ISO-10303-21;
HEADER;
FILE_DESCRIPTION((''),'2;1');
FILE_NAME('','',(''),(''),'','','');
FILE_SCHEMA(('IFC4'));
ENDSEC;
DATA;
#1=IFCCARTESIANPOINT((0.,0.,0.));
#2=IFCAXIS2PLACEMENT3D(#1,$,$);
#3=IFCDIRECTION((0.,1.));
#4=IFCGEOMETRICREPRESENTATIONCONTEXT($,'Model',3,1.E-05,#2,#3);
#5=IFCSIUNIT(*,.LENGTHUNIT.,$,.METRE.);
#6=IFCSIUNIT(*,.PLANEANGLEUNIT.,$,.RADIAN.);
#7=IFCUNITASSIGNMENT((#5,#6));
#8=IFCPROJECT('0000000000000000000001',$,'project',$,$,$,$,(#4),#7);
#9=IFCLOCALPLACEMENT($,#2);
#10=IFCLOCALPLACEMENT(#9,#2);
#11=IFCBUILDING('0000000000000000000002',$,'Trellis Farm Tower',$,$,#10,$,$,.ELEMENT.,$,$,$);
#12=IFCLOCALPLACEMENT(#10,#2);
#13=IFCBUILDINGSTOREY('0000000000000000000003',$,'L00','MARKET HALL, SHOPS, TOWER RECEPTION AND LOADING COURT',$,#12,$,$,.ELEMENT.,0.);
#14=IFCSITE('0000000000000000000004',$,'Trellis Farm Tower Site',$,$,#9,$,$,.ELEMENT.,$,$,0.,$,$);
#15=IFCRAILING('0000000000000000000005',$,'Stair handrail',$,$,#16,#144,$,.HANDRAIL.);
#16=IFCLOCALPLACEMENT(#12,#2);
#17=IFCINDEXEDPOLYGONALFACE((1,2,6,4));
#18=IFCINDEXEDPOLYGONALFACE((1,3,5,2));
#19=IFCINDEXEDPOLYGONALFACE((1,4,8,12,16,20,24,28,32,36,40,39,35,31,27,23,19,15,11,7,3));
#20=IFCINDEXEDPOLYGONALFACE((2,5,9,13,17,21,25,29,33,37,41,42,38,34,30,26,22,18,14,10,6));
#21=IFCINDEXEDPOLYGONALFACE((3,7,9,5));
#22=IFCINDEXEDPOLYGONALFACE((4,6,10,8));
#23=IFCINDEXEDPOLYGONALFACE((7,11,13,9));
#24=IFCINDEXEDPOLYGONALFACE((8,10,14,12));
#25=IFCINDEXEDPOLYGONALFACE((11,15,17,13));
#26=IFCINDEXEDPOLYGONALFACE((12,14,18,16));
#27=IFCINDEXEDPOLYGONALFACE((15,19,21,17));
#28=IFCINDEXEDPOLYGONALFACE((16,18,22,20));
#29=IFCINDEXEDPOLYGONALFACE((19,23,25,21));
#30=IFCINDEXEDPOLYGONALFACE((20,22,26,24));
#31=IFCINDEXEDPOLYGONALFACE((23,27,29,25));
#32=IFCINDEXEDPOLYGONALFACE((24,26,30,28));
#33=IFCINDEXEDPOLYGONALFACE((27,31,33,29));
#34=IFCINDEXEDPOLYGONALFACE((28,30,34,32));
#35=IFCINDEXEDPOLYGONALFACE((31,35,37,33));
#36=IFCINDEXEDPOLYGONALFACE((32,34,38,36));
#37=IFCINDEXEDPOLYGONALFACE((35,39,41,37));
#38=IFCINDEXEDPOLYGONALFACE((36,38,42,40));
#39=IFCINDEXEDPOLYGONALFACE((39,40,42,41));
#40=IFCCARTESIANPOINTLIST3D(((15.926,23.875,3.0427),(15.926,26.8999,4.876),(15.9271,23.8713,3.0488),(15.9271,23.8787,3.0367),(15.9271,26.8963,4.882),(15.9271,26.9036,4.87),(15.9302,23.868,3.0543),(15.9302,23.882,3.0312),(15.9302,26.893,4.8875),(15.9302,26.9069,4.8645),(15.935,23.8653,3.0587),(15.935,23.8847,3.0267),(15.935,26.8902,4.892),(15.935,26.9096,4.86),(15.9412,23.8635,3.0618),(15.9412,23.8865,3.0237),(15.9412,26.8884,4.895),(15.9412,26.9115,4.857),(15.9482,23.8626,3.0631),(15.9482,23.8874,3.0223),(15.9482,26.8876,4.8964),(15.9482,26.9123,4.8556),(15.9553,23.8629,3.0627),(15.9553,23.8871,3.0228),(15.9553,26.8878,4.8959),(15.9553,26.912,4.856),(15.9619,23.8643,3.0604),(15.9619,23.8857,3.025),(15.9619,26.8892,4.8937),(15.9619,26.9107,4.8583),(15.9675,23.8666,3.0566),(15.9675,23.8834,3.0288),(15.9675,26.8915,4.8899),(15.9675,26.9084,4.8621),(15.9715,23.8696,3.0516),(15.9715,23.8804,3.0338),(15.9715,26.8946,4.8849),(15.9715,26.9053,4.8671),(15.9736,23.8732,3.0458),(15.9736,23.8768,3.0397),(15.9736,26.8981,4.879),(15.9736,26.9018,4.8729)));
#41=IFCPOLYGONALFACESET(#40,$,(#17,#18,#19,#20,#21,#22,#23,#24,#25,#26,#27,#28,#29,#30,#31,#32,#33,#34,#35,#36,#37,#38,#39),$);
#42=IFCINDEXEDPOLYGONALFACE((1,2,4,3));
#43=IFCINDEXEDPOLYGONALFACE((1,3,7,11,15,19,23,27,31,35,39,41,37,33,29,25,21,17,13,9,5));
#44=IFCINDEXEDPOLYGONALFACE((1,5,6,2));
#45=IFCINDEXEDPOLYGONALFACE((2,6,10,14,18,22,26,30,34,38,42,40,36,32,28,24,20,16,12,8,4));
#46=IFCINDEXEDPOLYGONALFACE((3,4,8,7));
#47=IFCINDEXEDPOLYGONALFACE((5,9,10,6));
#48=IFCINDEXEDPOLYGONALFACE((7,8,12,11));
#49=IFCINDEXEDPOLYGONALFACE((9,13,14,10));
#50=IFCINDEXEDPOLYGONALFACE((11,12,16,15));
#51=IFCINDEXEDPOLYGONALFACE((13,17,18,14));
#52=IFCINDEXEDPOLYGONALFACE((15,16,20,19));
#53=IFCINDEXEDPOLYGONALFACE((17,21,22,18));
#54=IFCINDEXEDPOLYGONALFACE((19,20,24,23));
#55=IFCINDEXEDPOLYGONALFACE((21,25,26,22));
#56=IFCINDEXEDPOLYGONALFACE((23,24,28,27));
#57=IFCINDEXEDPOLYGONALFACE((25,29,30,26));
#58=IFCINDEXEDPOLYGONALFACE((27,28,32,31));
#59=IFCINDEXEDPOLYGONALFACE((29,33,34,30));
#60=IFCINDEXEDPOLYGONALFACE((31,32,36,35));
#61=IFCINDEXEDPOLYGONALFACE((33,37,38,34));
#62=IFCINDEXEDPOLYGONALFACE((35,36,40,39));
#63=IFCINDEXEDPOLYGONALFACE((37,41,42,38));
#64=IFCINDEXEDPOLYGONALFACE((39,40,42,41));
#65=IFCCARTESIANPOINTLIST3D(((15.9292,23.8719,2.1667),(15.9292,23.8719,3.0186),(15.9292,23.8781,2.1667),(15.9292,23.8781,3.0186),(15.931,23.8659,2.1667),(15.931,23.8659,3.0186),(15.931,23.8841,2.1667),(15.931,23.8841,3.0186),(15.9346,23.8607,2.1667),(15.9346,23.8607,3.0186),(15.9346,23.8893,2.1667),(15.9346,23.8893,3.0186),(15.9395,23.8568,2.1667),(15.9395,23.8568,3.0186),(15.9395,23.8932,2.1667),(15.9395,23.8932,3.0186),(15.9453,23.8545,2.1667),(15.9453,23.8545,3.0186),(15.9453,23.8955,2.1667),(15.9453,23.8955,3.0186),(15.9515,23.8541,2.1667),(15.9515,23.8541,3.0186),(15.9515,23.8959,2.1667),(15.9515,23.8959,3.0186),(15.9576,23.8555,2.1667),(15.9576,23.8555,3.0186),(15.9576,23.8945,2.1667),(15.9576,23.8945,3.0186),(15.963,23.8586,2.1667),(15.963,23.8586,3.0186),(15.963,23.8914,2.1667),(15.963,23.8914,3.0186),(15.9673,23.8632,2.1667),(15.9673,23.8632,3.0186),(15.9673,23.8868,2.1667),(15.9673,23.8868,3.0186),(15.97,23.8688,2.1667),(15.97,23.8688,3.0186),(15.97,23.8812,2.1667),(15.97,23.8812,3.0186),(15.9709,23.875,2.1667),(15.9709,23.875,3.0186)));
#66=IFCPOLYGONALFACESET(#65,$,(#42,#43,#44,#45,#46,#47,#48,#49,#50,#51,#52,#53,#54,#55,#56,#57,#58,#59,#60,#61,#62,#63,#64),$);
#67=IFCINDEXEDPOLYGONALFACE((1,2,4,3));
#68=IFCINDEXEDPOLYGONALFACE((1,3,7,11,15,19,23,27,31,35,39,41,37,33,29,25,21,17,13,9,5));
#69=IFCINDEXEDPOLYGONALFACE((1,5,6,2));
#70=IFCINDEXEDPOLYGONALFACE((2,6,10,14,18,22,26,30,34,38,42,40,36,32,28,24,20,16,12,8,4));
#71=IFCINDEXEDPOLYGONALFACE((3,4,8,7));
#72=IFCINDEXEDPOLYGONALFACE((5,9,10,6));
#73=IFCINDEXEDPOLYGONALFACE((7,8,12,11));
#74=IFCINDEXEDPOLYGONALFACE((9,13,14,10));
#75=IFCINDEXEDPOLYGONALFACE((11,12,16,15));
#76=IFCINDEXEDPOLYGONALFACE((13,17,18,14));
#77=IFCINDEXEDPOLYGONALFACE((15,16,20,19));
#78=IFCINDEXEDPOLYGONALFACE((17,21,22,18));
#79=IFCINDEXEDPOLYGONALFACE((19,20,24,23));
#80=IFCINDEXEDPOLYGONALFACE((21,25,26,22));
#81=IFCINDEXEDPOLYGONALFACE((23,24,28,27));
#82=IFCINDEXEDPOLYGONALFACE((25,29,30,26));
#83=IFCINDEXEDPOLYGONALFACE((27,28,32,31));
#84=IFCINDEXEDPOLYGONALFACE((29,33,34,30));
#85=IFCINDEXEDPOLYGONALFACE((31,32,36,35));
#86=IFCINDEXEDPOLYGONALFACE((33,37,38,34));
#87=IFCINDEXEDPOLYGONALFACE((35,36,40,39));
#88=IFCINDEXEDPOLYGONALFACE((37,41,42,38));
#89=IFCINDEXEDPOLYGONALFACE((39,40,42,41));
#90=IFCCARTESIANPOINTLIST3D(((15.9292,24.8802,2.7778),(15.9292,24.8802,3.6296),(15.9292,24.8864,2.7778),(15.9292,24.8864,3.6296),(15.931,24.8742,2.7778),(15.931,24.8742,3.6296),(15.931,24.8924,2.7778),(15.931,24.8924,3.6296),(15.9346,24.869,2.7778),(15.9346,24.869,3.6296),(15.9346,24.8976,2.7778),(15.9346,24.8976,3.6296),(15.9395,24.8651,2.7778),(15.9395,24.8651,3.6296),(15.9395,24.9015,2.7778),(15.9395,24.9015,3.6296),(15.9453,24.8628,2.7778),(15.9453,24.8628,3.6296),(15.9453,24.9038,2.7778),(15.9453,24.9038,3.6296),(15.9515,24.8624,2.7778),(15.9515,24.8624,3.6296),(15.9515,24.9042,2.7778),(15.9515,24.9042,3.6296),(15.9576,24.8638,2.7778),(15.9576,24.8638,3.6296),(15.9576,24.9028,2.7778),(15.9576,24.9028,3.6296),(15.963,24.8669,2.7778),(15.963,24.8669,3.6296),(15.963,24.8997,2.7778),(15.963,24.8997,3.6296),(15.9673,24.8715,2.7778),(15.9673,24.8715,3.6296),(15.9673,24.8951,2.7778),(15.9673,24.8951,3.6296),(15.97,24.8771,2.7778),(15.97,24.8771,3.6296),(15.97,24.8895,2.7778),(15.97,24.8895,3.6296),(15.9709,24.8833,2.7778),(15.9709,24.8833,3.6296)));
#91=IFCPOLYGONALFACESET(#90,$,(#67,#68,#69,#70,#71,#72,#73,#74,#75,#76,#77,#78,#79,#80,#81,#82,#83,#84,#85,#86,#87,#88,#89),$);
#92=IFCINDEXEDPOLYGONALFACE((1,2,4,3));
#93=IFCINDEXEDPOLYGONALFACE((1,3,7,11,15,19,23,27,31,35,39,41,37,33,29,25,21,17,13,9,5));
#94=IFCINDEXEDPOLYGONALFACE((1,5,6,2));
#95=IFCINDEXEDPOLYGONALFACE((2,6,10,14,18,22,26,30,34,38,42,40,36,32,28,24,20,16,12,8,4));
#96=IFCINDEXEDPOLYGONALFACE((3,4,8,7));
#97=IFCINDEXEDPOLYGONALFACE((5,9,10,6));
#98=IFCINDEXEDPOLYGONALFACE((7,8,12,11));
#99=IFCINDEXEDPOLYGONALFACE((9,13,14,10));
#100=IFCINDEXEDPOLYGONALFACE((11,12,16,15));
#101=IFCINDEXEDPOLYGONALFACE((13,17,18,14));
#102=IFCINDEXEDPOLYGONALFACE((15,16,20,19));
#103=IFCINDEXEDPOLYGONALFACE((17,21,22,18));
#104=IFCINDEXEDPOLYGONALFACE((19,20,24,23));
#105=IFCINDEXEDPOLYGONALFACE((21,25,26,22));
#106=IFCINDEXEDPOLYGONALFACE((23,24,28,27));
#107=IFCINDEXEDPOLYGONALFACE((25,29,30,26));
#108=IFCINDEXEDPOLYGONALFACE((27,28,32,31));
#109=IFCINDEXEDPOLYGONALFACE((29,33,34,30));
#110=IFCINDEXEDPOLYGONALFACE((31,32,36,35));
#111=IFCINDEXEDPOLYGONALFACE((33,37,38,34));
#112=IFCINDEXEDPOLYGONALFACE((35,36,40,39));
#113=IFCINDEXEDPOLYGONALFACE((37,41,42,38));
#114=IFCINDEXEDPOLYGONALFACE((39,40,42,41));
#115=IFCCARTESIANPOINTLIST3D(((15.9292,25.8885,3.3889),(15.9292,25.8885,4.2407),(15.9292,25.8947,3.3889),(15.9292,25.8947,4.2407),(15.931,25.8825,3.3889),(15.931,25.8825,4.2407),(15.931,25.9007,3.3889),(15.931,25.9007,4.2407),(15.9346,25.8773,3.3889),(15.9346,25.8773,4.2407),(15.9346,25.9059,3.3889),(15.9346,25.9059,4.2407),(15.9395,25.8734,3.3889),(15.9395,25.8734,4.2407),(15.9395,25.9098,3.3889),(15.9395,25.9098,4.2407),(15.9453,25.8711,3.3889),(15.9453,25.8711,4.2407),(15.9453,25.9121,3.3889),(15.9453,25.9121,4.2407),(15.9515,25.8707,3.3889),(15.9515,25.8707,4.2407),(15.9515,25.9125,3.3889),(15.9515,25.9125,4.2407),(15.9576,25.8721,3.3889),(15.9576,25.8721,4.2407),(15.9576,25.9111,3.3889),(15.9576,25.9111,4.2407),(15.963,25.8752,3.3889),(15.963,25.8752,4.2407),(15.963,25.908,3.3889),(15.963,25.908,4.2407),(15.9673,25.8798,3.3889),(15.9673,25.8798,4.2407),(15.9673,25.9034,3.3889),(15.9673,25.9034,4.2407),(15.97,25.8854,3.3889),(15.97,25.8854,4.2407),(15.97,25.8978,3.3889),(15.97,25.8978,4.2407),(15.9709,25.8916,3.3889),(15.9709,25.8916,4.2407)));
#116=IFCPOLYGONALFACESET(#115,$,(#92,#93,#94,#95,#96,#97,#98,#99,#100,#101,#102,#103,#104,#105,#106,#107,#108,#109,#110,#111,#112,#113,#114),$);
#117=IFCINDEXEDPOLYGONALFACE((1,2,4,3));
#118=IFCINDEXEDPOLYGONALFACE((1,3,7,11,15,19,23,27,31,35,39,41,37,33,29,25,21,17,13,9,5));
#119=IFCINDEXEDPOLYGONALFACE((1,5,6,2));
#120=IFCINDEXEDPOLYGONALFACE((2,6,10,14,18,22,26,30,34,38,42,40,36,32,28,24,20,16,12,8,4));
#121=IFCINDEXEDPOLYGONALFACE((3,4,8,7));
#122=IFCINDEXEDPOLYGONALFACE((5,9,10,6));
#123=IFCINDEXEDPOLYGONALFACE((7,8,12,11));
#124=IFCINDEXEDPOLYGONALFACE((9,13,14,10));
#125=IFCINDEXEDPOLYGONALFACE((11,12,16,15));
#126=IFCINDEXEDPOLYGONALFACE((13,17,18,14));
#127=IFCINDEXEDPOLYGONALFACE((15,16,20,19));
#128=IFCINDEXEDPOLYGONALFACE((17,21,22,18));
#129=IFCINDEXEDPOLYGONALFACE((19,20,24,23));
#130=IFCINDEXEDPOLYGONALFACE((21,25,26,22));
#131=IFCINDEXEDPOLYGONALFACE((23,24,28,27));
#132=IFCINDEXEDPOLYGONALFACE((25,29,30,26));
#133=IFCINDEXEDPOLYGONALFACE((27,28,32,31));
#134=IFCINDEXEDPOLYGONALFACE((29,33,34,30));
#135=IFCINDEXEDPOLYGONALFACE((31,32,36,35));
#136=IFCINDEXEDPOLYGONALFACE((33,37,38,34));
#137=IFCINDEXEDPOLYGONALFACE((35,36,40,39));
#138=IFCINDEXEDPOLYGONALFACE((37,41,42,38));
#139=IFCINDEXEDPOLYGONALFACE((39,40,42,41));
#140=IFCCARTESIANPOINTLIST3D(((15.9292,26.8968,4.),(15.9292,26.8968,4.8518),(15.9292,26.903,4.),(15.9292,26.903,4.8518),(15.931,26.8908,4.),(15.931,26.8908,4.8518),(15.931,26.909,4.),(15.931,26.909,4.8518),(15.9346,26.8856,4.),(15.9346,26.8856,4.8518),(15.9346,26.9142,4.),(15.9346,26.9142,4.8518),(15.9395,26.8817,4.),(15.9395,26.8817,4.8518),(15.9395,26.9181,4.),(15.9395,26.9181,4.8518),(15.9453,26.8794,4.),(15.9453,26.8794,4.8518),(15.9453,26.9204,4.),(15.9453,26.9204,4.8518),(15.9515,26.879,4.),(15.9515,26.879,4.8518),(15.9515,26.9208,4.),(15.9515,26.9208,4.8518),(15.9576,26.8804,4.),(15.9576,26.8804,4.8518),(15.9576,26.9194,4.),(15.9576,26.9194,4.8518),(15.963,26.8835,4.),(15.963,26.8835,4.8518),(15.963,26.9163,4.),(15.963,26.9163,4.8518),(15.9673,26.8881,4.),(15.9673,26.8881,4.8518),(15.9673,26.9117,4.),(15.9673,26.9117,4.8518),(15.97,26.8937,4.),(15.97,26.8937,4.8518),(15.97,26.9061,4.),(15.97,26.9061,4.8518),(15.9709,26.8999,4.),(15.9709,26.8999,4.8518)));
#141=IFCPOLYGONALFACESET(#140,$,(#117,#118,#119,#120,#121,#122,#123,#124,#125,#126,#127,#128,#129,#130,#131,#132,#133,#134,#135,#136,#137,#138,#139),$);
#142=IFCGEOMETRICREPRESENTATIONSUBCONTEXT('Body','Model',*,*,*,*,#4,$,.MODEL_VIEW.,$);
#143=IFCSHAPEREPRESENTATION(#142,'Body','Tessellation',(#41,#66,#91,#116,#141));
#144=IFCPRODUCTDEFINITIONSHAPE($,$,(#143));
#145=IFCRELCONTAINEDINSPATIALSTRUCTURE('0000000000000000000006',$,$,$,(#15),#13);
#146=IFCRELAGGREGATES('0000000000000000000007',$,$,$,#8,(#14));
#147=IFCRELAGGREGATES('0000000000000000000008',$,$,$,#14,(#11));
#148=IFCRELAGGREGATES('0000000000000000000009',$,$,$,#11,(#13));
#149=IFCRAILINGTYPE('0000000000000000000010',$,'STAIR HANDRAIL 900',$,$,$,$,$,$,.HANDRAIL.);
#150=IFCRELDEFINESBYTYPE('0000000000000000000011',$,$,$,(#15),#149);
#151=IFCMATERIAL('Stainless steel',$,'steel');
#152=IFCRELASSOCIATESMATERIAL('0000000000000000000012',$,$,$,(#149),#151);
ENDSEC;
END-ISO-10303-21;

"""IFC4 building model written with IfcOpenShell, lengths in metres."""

from ifc_helpers import new_model, si_unit, direction, frame, origin, origin_2d, place, context, subcontext, project, spatial, circle, extrude, source, transform, mapped, material, type_object, element, save


model = new_model("IFC4")

# Units and contexts
model_context = context("Model", 3, precision=1e-05, world=origin(), true_north=direction((0.0, 1.0)))
body_context = subcontext(model_context, "Body", "Model", "MODEL_VIEW")
ifc_project = project(units=[si_unit("LENGTHUNIT", "METRE"), si_unit("PLANEANGLEUNIT", "RADIAN")], contexts=[model_context])

# Site, building, storey
site_placement = place(None, origin())
site = spatial("IfcSite", under=ifc_project, at=site_placement, Name="Trellis Farm Tower Site", CompositionType="ELEMENT", RefElevation=0.0)
building_placement = place(site_placement, origin())
building = spatial("IfcBuilding", under=site, at=building_placement, Name="Trellis Farm Tower", CompositionType="ELEMENT")
storey_placement = place(building_placement, origin())
storey = spatial("IfcBuildingStorey", under=building, at=storey_placement, Name="L00", Description="MARKET HALL, SHOPS, TOWER RECEPTION AND LOADING COURT", CompositionType="ELEMENT", Elevation=0.0)

# Railing
ifc_material_1 = material(Name="Stainless steel", Category="steel")
railing_type = type_object("IfcRailingType", Name="STAIR HANDRAIL 900", PredefinedType="HANDRAIL", material=ifc_material_1)
shared_shape_1 = source(origin(), body_context, "Body", "SweptSolid", [
    extrude(circle(Radius=0.0239, at=origin_2d()), frame((0.0, 0.0, 0.876), z_axis=(0.0, 0.855201, 0.518297), x_axis=(-1.0, 0.0, 0.0)), (0.0, 0.0, 1.0), 3.5371),
    extrude(circle(Radius=0.021, at=origin_2d()), origin(), (0.0, 0.0, 1.0), 0.8518),
    extrude(circle(Radius=0.021, at=origin_2d()), frame((0.0, 1.0083, 0.6111)), (0.0, 0.0, 1.0), 0.8518),
    extrude(circle(Radius=0.021, at=origin_2d()), frame((0.0, 2.0166, 1.2222)), (0.0, 0.0, 1.0), 0.8518),
    extrude(circle(Radius=0.021, at=origin_2d()), frame((0.0, 3.0249, 1.8333)), (0.0, 0.0, 1.0), 0.8518),
])
for number, where, name in (
    (1, (15.95, 23.875, 2.1667), "Stair handrail"),
):
    element("IfcRailing", number, at=place(storey_placement, frame(where)), inside=storey, type_object=railing_type, Name=name, PredefinedType="HANDRAIL", context=body_context, shape_type="MappedRepresentation", body=[
        mapped(shared_shape_1, transform((0.0, 0.0, 0.0))),
    ])

save(model, "model.ifc")
